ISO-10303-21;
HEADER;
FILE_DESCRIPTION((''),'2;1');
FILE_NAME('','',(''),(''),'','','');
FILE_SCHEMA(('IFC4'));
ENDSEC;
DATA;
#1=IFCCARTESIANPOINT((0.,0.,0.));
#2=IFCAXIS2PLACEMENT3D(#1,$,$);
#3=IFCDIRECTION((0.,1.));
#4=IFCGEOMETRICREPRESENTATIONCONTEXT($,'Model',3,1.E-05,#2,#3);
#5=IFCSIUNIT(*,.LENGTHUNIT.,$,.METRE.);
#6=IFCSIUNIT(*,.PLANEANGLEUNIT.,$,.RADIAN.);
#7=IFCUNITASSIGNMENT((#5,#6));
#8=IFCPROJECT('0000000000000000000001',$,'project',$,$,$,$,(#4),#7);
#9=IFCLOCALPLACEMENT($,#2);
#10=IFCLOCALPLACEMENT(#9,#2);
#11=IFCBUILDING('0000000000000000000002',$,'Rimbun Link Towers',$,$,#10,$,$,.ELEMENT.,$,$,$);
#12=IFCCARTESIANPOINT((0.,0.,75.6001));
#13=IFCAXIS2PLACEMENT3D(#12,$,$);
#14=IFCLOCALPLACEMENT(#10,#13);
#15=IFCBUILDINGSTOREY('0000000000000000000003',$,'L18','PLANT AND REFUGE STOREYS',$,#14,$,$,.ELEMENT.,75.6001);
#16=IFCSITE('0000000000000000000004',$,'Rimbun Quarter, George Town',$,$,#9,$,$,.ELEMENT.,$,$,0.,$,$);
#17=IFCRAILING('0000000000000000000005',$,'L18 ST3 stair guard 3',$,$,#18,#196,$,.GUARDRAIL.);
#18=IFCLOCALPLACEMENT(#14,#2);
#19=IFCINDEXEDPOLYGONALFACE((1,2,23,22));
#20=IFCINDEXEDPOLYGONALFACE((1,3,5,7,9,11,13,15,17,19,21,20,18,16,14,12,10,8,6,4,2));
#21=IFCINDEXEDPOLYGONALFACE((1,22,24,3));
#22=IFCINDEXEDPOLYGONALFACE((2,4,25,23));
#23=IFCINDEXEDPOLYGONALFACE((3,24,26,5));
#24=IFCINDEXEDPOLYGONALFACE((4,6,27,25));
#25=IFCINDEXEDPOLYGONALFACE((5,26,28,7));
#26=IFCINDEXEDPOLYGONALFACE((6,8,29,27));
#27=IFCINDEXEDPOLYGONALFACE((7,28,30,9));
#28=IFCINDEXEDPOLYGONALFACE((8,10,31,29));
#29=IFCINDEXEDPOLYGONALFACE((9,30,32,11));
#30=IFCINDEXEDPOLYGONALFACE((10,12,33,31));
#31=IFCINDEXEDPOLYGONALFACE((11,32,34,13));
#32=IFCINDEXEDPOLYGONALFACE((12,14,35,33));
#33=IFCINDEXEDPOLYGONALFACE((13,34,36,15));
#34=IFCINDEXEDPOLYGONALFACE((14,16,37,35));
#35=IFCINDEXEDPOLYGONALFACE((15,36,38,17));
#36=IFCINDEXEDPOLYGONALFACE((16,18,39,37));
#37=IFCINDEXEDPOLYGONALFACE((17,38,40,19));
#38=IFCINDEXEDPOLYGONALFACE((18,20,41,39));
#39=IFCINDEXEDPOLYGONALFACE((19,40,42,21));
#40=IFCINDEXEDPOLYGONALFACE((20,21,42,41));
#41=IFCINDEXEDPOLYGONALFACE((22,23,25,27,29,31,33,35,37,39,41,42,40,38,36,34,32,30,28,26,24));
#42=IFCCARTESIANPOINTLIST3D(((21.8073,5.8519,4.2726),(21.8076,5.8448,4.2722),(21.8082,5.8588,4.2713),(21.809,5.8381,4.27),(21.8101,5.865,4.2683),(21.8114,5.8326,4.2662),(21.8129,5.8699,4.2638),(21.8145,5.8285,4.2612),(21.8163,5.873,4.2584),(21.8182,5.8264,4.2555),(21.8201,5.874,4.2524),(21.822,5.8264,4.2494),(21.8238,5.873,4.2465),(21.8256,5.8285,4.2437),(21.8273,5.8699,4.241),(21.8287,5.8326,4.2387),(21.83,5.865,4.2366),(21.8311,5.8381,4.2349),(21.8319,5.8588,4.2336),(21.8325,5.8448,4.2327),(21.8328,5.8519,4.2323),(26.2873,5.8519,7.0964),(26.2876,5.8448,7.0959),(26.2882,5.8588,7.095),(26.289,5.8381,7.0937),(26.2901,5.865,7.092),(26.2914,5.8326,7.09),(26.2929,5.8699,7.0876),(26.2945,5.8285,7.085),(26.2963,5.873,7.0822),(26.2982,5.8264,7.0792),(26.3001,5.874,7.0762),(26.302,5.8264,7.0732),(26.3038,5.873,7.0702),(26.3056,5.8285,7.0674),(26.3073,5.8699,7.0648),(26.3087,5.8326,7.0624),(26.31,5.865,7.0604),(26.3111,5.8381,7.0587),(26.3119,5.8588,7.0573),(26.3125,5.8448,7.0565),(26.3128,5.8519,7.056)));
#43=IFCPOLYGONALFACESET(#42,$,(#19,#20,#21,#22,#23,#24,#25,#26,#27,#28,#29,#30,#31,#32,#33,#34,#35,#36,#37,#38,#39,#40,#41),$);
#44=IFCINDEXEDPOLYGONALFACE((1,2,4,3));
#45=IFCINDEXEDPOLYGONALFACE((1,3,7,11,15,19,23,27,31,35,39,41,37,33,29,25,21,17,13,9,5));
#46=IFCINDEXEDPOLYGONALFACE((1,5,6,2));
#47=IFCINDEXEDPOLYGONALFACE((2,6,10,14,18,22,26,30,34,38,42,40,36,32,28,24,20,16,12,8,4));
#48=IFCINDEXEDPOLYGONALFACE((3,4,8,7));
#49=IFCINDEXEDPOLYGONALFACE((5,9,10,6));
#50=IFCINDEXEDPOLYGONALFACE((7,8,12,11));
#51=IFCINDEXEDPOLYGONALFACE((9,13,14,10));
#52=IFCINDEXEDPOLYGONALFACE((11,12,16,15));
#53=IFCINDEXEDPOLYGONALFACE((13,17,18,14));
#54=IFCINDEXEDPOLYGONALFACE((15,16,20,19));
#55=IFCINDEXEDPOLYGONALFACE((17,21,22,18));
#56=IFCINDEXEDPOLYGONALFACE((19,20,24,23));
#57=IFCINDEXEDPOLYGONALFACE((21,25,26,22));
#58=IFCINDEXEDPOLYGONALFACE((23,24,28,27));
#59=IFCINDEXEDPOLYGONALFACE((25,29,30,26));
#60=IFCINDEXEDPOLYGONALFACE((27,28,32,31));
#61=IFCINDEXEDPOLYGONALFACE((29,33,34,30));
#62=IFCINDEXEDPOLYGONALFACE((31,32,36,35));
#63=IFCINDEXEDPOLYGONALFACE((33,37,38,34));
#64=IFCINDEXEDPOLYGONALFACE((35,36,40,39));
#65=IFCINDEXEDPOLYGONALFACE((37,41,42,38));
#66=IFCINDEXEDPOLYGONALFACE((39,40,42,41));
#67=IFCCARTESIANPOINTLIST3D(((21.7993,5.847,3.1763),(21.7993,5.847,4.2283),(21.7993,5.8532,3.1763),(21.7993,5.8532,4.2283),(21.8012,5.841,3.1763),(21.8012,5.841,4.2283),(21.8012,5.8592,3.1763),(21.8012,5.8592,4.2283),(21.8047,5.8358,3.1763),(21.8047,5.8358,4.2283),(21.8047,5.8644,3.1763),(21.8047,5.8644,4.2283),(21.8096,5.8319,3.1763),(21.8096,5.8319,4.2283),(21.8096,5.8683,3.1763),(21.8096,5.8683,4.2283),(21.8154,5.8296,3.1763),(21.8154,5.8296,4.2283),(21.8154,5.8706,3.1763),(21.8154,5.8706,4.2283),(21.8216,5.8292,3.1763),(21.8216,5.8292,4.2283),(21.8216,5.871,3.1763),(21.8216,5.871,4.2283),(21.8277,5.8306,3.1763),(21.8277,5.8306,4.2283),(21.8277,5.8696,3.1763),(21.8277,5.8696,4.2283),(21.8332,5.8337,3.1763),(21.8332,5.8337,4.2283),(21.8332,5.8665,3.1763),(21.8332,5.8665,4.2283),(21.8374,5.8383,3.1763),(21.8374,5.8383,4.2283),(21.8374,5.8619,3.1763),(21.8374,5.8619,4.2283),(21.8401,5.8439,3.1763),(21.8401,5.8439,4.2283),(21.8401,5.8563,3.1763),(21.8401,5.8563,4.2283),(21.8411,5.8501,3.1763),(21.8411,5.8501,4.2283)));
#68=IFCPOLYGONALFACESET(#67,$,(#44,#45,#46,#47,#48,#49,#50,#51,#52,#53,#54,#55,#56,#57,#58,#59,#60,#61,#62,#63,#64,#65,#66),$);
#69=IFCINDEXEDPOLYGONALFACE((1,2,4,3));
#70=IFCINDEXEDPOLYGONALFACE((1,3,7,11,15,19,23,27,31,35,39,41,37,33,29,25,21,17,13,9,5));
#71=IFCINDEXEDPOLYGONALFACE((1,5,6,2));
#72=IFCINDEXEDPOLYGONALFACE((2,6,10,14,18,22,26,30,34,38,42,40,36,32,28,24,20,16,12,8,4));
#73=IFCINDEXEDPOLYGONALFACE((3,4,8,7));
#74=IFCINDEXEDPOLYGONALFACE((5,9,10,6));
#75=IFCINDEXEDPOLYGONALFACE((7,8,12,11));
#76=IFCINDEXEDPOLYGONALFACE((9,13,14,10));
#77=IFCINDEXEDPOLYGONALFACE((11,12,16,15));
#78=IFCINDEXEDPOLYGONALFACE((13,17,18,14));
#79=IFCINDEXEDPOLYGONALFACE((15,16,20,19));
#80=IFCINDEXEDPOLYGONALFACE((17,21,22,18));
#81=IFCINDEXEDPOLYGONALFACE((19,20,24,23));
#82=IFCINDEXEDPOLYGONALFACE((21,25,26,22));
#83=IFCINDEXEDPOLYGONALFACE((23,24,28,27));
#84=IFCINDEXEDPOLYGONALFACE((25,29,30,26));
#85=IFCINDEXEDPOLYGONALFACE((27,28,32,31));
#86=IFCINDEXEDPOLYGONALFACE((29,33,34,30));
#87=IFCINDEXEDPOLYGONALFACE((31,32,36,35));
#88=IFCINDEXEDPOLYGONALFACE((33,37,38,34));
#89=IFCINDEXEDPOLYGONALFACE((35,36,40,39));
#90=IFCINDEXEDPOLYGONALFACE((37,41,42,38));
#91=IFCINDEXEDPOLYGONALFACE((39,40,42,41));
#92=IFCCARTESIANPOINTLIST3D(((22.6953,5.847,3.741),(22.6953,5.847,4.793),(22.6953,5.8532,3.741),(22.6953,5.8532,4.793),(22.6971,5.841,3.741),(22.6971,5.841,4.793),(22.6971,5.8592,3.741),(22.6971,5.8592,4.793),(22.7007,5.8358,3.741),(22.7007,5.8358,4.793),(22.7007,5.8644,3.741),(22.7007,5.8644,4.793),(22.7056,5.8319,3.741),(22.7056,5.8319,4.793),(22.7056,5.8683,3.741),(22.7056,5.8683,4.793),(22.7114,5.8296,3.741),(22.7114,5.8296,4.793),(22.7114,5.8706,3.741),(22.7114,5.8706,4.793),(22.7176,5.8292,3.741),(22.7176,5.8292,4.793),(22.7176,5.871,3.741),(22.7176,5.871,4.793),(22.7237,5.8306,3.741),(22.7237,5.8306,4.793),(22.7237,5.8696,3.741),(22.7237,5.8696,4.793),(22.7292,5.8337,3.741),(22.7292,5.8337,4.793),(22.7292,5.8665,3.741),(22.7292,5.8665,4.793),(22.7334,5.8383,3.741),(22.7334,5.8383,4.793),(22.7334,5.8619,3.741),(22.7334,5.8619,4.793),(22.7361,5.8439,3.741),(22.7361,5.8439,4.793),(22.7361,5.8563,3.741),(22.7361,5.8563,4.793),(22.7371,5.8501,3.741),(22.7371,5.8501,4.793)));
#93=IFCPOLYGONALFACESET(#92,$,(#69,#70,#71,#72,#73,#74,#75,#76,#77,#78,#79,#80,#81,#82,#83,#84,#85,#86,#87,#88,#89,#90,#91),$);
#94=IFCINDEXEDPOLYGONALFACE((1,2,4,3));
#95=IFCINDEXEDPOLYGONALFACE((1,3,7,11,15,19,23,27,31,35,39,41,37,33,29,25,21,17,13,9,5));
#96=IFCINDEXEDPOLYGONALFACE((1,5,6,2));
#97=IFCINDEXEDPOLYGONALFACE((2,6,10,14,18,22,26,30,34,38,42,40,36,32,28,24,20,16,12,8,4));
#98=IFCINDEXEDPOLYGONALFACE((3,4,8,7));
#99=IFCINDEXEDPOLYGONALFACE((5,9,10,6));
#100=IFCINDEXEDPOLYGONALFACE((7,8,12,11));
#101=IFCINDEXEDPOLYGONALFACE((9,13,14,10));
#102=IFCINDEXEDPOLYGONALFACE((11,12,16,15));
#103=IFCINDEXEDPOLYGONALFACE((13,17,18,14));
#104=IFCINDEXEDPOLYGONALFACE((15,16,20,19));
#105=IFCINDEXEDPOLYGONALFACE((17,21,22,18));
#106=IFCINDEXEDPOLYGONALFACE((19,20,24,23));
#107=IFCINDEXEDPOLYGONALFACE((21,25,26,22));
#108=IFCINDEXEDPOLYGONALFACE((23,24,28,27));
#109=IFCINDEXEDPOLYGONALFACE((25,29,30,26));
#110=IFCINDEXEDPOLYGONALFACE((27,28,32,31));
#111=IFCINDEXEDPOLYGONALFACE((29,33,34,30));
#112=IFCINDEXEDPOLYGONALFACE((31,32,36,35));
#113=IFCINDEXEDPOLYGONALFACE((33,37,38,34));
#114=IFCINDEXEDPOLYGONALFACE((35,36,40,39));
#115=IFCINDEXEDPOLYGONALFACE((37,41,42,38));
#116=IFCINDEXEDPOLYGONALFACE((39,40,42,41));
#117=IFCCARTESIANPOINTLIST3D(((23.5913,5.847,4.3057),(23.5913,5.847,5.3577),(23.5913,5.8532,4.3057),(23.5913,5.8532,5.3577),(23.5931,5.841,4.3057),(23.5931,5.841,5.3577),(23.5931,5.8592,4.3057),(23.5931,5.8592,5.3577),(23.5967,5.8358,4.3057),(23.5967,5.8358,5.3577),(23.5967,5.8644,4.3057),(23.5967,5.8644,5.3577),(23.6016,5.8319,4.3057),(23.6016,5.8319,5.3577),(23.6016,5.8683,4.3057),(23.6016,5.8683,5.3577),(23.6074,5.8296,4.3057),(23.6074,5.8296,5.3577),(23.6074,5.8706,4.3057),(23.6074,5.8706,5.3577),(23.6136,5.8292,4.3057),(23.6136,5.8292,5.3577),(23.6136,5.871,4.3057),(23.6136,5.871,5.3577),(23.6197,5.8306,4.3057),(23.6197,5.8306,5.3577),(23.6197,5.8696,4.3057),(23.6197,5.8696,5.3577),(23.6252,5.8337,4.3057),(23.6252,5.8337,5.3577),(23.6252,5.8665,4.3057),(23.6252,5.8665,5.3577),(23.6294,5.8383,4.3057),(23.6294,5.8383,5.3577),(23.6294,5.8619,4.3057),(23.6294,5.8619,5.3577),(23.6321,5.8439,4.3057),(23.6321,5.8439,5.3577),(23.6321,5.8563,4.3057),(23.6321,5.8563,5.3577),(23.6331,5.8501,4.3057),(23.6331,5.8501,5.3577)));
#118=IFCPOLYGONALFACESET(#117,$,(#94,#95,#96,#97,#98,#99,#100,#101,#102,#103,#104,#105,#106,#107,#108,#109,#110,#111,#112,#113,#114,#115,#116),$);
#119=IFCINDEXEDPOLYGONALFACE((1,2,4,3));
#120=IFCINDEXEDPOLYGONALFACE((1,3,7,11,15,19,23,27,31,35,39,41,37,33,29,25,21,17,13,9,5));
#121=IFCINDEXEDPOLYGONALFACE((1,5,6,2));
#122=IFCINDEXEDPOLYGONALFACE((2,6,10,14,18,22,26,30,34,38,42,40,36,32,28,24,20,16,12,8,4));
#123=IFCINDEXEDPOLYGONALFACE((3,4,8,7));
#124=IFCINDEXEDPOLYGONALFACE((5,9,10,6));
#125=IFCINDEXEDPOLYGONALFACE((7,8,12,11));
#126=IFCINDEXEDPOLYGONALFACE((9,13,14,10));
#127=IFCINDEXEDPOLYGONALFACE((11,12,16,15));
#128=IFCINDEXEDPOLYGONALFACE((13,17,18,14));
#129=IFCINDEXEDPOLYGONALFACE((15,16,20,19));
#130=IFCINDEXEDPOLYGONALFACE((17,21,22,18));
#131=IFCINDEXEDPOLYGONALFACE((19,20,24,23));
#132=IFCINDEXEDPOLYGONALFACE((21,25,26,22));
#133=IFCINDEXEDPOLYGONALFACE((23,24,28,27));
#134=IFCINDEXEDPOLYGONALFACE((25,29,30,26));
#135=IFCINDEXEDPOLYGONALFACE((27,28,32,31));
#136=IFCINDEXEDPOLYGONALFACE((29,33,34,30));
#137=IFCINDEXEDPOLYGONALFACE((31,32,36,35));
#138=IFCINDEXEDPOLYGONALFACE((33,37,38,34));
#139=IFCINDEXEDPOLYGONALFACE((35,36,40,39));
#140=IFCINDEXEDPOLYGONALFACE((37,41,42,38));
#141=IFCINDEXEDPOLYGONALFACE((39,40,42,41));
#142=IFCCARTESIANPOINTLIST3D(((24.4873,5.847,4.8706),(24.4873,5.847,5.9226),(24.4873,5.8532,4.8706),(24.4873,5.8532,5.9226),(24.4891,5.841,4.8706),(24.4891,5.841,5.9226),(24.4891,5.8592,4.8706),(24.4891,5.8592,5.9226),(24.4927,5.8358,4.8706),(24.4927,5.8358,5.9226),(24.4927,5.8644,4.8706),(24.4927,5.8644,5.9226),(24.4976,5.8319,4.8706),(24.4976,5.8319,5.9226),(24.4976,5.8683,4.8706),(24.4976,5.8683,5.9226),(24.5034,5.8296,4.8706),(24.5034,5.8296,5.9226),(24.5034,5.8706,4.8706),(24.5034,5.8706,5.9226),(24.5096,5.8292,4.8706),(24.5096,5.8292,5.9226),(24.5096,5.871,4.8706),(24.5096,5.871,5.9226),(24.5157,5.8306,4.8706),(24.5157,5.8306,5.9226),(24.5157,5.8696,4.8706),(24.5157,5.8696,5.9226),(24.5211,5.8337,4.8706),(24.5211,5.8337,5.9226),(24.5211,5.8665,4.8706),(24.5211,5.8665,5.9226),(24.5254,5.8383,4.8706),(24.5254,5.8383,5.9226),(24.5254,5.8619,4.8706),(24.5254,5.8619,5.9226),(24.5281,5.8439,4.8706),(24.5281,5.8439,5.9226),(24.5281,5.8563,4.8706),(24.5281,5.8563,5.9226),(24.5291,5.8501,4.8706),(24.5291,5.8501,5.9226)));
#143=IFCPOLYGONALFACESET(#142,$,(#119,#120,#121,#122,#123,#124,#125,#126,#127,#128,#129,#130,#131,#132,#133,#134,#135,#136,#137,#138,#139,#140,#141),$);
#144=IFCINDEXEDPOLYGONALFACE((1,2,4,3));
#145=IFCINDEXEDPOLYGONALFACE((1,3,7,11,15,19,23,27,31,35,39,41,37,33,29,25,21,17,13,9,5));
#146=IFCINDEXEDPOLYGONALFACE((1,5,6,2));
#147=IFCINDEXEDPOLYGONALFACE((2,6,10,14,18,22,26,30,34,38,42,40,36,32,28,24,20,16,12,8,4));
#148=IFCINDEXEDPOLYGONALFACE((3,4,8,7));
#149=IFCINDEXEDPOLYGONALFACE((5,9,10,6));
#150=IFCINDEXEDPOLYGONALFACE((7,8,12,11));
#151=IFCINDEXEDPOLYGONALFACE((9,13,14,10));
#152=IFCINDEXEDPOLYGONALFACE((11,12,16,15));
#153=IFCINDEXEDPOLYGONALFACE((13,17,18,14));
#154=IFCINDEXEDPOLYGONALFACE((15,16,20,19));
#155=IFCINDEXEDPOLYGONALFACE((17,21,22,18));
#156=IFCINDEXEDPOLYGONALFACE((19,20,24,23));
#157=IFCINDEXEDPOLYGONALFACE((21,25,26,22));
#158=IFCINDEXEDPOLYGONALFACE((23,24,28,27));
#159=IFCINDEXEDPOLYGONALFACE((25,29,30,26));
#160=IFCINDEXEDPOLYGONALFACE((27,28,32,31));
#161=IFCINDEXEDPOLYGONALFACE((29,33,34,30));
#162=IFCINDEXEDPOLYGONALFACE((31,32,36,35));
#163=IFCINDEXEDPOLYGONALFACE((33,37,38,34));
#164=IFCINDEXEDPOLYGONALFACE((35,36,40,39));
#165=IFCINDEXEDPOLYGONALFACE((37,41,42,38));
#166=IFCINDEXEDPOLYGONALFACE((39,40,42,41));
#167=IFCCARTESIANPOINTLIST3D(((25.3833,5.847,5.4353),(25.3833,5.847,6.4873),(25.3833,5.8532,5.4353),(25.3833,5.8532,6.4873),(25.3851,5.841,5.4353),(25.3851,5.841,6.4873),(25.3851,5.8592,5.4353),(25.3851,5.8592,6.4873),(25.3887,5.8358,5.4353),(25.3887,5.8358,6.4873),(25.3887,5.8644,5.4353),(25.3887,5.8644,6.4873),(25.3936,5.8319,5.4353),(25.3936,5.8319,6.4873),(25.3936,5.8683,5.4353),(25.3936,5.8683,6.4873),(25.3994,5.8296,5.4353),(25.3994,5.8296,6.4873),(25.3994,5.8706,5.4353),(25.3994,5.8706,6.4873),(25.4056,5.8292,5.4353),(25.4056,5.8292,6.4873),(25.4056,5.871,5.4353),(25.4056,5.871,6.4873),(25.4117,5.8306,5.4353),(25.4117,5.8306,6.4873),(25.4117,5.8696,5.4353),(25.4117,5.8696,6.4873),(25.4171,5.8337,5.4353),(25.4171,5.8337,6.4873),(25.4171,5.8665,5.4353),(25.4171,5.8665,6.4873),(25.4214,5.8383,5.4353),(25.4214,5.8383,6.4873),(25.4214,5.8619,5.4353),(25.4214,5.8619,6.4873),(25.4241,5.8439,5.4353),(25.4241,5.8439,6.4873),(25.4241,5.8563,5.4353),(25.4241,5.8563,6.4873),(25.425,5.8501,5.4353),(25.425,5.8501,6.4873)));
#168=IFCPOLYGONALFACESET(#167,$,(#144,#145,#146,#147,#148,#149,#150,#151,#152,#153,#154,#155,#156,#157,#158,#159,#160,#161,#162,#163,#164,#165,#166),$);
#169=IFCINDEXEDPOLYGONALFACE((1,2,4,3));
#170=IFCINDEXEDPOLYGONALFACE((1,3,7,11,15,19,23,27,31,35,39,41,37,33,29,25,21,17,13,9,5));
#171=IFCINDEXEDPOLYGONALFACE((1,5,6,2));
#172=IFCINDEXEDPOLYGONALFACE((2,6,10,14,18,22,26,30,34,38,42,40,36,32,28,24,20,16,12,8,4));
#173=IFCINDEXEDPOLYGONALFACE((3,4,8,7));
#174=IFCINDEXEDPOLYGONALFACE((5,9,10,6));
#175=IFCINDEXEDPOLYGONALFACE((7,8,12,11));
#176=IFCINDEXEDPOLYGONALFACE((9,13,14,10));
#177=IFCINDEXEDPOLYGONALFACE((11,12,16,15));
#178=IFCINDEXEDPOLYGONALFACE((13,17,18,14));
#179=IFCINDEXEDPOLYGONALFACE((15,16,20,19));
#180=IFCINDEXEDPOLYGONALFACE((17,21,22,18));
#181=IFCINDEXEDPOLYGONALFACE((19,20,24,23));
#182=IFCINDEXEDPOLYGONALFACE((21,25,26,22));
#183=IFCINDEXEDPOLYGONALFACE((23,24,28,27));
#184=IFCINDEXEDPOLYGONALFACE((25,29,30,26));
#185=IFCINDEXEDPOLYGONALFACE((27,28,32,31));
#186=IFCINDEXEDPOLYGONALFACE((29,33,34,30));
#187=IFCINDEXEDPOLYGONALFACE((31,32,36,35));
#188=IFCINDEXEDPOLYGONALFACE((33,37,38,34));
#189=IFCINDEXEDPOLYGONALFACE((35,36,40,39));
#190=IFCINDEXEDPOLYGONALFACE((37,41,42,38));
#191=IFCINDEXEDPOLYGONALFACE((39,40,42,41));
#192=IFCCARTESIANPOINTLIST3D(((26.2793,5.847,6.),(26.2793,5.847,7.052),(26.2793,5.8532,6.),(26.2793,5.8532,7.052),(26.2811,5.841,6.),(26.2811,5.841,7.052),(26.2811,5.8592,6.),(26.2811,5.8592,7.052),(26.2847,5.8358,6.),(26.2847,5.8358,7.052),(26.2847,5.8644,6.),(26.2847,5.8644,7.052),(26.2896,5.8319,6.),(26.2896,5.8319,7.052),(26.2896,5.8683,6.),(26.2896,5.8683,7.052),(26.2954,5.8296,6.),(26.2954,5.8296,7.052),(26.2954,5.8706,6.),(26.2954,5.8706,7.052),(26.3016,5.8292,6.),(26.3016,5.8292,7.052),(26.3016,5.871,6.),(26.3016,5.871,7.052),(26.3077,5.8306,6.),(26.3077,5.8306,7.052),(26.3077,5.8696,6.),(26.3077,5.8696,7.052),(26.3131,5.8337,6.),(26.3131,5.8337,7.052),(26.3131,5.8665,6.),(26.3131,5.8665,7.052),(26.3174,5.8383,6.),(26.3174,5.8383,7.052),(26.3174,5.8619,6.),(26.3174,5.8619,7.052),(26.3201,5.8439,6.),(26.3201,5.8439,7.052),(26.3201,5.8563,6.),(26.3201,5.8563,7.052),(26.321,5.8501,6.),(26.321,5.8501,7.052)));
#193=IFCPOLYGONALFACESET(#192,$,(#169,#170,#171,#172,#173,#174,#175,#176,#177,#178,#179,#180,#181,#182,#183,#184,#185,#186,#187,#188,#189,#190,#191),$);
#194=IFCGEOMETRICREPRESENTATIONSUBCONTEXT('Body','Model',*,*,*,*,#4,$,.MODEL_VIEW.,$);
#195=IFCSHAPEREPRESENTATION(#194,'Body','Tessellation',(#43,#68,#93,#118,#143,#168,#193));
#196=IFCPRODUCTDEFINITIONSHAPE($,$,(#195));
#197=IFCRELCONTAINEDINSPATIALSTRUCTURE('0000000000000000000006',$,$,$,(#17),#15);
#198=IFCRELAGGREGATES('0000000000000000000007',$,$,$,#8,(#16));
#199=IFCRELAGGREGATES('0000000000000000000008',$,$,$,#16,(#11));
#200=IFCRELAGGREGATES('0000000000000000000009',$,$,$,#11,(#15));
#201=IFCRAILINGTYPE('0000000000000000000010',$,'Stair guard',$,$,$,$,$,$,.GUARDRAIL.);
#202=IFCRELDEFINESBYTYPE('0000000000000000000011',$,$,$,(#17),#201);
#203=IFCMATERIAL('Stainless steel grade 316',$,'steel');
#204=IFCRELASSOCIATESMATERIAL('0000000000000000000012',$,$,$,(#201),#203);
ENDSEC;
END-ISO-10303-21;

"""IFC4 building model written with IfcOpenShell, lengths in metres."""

from ifc_helpers import new_model, si_unit, direction, frame, origin, origin_2d, place, context, subcontext, project, spatial, circle, extrude, material, type_object, element, save


model = new_model("IFC4")

# Units and contexts
model_context = context("Model", 3, precision=1e-05, world=origin(), true_north=direction((0.0, 1.0)))
body_context = subcontext(model_context, "Body", "Model", "MODEL_VIEW")
ifc_project = project(units=[si_unit("LENGTHUNIT", "METRE"), si_unit("PLANEANGLEUNIT", "RADIAN")], contexts=[model_context])

# Site, building, storey
site_placement = place(None, origin())
site = spatial("IfcSite", under=ifc_project, at=site_placement, Name="Rimbun Quarter, George Town", CompositionType="ELEMENT", RefElevation=0.0)
building_placement = place(site_placement, origin())
building = spatial("IfcBuilding", under=site, at=building_placement, Name="Rimbun Link Towers", CompositionType="ELEMENT")
storey_placement = place(building_placement, frame((0.0, 0.0, 75.6001)))
storey = spatial("IfcBuildingStorey", under=building, at=storey_placement, Name="L18", Description="PLANT AND REFUGE STOREYS", CompositionType="ELEMENT", Elevation=75.6001)

# Railing
ifc_material_1 = material(Name="Stainless steel grade 316", Category="steel")
railing_type_1 = type_object("IfcRailingType", Name="Stair guard", PredefinedType="GUARDRAIL", material=ifc_material_1)
railing_1_placement = place(storey_placement, frame((21.8201, 5.8501, 3.1763)))
element("IfcRailing", 1, at=railing_1_placement, inside=storey, type_object=railing_type_1, Name="L18 ST3 stair guard 3", PredefinedType="GUARDRAIL", context=body_context, shape_type="SweptSolid", body=[
    extrude(circle(Radius=0.0239, at=origin_2d()), frame((0.0, 0.0, 1.0762), z_axis=(0.845977, 0.0, 0.533219), x_axis=(0.0, 1.0, 0.0)), (0.0, 0.0, 1.0), 5.2957),
    extrude(circle(Radius=0.021, at=origin_2d()), origin(), (0.0, 0.0, 1.0), 1.052),
    extrude(circle(Radius=0.021, at=origin_2d()), frame((0.896, 0.0, 0.5647)), (0.0, 0.0, 1.0), 1.052),
    extrude(circle(Radius=0.021, at=origin_2d()), frame((1.792, 0.0, 1.1294)), (0.0, 0.0, 1.0), 1.052),
    extrude(circle(Radius=0.021, at=origin_2d()), frame((2.688, 0.0, 1.6943)), (0.0, 0.0, 1.0), 1.052),
    extrude(circle(Radius=0.021, at=origin_2d()), frame((3.584, 0.0, 2.259)), (0.0, 0.0, 1.0), 1.052),
    extrude(circle(Radius=0.021, at=origin_2d()), frame((4.48, 0.0, 2.8237)), (0.0, 0.0, 1.0), 1.052),
])

save(model, "model.ifc")
